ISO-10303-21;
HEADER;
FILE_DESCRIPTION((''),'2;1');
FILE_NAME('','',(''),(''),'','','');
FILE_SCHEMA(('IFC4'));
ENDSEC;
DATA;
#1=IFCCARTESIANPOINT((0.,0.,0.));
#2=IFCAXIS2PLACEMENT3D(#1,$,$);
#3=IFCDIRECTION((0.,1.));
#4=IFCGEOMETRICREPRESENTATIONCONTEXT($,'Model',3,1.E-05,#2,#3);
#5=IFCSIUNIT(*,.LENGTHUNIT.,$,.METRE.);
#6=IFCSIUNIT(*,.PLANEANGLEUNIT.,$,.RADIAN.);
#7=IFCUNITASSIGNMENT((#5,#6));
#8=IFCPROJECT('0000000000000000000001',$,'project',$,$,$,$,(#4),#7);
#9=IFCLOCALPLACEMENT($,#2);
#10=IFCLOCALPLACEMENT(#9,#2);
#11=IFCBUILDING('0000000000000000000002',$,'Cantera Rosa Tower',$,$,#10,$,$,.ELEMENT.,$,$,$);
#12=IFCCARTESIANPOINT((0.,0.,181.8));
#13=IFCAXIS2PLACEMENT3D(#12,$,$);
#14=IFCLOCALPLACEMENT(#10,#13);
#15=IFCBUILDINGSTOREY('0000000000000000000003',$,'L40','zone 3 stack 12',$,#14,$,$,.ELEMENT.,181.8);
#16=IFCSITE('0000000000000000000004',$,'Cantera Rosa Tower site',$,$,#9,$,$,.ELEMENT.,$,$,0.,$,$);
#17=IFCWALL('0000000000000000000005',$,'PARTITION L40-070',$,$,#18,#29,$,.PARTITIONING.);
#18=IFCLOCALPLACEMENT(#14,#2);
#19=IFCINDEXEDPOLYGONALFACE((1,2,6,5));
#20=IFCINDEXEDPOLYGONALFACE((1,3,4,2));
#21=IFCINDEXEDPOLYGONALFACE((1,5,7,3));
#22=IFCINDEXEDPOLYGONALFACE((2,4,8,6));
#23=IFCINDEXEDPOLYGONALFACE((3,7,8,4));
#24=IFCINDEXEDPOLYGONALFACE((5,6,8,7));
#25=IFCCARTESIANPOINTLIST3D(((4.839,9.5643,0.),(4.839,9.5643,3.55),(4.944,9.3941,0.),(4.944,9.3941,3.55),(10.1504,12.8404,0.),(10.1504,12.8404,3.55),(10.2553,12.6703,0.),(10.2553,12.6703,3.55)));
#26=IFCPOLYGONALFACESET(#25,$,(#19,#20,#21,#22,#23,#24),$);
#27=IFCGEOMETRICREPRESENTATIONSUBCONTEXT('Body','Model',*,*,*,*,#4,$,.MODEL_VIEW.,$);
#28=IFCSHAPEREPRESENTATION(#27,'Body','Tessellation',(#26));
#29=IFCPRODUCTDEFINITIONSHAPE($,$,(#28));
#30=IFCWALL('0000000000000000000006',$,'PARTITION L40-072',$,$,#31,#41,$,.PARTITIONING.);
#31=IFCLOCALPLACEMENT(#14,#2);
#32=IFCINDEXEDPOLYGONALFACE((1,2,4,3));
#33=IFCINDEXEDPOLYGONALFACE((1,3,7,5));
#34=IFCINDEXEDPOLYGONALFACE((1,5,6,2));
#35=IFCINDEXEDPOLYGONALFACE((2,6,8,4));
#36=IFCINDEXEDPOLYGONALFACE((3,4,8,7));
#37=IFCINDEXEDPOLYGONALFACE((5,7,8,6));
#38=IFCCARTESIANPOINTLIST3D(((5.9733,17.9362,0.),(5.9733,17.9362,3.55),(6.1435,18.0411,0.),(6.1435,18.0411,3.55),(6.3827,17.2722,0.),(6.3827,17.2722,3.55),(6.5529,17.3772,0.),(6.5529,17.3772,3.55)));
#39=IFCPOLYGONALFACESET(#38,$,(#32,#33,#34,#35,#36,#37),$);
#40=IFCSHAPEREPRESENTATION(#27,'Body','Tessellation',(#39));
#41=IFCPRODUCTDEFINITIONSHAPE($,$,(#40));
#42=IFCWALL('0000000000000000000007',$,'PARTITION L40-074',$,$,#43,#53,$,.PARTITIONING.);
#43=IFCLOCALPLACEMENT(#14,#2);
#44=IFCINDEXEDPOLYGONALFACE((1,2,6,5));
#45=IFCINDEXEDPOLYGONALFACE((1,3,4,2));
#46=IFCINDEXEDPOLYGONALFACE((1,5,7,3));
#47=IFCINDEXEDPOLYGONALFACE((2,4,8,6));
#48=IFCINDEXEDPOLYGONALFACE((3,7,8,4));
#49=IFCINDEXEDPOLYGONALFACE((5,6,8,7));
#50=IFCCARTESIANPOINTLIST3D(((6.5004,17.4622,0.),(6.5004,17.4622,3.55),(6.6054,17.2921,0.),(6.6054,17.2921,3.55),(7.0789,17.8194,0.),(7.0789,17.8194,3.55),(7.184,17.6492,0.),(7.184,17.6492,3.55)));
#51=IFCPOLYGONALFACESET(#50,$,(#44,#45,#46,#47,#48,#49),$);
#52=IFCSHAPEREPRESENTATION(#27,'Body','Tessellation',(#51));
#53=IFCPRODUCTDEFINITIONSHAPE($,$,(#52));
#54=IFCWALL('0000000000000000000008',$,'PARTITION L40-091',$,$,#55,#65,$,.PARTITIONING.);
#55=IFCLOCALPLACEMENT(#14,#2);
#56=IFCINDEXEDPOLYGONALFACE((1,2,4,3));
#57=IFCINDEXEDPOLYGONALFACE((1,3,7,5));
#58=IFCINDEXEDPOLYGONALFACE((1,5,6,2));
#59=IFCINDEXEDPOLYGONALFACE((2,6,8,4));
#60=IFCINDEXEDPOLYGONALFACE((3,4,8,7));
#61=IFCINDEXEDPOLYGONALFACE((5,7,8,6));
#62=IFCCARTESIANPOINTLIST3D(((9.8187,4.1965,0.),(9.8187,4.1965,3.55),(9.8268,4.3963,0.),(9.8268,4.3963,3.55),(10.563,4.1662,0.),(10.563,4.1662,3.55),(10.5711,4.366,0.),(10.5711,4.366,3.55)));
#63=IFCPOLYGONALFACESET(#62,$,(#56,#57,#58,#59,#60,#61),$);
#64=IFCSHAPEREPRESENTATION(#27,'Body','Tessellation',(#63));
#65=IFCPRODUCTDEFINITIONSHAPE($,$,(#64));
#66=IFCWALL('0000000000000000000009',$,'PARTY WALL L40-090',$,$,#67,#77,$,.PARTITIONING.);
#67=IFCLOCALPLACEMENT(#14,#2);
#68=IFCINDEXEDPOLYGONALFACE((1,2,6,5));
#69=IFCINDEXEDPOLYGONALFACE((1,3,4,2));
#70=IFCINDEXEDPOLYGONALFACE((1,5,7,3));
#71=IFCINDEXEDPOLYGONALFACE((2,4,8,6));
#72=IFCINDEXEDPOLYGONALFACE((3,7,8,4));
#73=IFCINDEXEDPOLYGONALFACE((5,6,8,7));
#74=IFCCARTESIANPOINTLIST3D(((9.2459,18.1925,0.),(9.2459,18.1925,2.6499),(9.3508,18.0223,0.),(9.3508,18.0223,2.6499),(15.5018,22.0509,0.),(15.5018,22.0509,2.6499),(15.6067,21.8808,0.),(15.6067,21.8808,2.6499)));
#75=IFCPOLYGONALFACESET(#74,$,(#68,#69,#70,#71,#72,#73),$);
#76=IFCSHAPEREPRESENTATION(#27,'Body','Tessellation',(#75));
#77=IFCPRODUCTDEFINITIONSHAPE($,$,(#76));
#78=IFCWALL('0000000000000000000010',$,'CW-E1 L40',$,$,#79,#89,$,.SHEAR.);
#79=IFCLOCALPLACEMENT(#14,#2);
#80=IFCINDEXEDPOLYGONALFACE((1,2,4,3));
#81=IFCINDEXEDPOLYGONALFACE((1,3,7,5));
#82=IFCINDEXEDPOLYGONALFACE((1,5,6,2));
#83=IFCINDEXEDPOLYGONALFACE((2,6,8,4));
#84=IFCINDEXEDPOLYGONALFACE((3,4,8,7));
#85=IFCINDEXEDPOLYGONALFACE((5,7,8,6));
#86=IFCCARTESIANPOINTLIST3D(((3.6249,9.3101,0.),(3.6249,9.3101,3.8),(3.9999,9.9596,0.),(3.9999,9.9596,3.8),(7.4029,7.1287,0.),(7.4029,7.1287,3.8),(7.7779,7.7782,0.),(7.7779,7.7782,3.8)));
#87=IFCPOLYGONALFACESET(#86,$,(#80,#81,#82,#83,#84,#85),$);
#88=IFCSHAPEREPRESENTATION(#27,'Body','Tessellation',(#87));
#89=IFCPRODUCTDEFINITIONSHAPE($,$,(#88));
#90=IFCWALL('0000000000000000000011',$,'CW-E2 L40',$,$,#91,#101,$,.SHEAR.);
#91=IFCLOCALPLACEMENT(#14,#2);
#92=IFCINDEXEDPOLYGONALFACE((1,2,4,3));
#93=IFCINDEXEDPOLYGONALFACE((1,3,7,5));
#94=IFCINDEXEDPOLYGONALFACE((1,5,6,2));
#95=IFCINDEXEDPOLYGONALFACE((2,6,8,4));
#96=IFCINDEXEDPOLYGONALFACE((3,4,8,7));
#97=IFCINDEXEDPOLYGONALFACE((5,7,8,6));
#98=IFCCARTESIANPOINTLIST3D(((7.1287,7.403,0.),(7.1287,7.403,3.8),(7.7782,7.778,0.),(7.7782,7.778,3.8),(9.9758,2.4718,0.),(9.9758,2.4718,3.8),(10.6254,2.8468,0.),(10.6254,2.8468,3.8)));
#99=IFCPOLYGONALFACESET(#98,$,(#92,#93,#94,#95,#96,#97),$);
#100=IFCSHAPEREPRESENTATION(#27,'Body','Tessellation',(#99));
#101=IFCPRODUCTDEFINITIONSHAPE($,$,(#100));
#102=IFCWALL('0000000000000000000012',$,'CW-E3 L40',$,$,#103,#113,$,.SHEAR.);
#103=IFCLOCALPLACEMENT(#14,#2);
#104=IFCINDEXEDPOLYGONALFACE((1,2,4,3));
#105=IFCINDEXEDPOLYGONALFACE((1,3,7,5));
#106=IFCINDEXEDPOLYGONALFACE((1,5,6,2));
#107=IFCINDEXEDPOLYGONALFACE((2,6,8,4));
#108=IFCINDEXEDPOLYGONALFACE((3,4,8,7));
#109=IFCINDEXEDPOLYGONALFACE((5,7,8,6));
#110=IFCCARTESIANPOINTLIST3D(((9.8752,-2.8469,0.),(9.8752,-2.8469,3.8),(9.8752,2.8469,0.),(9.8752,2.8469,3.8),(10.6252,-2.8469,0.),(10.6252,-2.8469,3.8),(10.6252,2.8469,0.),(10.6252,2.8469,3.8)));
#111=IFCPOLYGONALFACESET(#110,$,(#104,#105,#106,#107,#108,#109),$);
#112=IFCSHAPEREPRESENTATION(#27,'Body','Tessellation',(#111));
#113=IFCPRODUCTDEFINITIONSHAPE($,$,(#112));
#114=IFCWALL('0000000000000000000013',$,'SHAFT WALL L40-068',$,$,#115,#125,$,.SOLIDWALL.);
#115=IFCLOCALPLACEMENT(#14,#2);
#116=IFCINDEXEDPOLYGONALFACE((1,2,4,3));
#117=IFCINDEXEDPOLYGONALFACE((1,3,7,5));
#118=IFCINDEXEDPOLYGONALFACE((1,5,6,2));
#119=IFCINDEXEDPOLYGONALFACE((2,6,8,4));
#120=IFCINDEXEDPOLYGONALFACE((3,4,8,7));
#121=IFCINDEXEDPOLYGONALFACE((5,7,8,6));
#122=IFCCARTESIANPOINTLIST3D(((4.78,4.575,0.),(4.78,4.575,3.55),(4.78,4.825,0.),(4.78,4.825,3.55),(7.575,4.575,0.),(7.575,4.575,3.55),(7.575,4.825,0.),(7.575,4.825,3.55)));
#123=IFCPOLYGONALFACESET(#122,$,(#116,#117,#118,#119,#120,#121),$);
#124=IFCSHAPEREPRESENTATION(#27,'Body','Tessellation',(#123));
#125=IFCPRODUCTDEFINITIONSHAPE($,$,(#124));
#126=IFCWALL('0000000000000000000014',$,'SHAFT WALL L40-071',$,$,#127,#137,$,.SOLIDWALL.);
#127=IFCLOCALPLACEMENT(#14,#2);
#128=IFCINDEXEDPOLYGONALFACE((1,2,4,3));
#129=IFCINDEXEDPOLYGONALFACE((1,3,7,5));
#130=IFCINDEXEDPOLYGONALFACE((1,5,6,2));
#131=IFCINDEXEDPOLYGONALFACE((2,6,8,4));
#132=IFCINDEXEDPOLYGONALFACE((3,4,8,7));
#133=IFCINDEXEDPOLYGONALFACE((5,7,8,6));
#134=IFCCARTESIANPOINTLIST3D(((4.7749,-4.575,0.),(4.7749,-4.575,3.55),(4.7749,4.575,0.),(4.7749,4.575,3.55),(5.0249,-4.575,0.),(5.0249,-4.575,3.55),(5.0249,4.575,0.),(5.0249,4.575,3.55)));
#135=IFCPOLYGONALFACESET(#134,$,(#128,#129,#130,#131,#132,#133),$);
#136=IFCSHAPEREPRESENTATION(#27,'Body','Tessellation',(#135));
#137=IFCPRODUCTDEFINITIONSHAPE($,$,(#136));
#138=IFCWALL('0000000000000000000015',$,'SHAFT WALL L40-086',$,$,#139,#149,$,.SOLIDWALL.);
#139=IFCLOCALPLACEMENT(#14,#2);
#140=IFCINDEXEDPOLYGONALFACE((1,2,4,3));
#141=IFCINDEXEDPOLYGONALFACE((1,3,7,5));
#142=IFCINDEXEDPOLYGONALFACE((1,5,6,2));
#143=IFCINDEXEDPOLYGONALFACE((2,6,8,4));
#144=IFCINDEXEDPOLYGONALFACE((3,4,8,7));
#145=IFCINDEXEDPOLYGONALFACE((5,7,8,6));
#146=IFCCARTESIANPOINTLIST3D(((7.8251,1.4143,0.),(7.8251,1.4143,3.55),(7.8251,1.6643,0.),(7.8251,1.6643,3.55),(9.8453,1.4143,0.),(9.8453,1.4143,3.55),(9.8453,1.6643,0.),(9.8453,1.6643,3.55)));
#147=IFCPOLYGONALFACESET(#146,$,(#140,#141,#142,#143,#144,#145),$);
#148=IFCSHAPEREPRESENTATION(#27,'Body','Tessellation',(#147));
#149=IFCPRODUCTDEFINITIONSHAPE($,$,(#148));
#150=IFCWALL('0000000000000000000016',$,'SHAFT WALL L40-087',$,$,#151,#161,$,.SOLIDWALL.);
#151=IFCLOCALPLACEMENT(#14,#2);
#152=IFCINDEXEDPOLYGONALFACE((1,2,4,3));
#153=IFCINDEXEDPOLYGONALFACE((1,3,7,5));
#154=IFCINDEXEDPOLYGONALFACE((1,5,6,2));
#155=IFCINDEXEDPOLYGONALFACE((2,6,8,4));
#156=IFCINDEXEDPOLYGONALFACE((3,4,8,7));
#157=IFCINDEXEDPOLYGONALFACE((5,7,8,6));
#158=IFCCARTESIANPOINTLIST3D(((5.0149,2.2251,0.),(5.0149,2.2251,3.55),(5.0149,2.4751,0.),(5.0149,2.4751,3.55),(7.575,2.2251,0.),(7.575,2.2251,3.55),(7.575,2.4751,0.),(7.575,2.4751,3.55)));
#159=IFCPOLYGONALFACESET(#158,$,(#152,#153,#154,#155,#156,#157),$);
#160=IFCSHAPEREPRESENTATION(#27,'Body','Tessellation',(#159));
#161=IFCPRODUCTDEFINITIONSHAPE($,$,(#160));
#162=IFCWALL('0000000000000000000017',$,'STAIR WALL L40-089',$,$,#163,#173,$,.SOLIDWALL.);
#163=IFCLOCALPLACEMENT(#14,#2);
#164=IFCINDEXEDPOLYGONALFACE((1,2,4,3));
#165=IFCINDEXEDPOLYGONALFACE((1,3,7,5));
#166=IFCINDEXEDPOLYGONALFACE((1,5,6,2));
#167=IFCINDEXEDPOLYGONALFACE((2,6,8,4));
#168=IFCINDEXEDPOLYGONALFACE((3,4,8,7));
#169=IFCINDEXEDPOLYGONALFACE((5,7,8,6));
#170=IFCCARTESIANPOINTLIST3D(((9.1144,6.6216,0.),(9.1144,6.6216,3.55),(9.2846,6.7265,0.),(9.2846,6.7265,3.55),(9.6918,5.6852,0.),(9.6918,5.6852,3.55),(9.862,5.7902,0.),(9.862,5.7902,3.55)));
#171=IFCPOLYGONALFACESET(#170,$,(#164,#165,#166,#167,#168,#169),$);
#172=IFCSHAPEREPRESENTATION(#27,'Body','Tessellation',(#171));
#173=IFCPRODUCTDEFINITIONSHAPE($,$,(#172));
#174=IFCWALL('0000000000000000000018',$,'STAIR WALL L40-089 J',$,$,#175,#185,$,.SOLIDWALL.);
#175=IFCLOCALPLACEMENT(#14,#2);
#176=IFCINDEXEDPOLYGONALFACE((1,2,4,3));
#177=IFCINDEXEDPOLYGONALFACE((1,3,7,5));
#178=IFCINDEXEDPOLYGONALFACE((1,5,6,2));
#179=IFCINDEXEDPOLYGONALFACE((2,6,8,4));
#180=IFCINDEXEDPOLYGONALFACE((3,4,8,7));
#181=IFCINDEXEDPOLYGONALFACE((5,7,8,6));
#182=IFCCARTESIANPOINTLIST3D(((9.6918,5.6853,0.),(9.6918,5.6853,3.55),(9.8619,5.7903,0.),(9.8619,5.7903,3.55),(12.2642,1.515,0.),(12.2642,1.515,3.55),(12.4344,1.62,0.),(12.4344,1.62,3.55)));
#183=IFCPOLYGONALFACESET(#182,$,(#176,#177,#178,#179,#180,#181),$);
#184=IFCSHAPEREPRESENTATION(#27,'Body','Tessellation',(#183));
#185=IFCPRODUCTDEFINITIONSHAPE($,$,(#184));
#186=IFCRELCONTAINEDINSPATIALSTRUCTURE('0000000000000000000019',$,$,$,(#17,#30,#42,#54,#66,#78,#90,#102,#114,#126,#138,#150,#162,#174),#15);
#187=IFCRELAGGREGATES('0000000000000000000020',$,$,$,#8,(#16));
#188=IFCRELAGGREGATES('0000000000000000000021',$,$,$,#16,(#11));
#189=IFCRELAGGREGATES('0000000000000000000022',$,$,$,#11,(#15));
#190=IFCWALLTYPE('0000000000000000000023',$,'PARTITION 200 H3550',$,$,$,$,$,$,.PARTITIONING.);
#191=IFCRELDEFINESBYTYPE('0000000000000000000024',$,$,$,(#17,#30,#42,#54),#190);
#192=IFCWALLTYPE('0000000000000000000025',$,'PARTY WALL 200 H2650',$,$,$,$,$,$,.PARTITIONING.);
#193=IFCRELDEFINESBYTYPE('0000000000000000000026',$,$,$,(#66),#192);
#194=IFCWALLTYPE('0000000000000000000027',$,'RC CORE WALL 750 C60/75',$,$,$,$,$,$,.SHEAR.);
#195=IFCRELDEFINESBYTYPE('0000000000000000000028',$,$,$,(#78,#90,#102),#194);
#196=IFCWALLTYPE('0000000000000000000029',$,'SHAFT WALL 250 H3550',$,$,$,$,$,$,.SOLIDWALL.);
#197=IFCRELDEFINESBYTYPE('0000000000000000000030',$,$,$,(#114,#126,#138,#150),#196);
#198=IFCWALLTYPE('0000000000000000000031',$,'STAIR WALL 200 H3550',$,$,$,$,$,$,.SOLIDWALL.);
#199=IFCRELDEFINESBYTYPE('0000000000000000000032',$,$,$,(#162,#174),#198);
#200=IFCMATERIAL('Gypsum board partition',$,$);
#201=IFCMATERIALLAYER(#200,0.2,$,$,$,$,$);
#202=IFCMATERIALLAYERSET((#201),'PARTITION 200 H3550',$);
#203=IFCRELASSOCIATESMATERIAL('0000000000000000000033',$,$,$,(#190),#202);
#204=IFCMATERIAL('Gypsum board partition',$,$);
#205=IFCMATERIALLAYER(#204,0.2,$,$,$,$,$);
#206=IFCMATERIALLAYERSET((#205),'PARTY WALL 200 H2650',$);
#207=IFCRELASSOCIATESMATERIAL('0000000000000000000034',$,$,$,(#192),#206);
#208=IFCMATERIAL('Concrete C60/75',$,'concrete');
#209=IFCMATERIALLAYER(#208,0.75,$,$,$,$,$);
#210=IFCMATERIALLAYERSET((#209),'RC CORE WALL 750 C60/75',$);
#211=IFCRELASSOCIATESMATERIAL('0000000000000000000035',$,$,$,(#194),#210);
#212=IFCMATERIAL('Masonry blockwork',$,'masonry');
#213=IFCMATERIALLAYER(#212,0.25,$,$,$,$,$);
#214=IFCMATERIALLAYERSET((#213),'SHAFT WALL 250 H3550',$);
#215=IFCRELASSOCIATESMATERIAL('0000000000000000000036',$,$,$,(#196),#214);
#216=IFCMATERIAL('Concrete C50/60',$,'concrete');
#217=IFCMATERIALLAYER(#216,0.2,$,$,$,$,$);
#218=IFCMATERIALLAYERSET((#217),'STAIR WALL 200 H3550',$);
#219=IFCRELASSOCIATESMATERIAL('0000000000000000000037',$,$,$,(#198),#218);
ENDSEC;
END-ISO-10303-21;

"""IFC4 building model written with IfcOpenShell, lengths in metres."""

from ifc_helpers import new_model, si_unit, direction, frame, frame_2d, origin, place, context, subcontext, project, spatial, rectangle, extrude, material, layer, layer_set, type_object, element, save


model = new_model("IFC4")

# Units and contexts
model_context = context("Model", 3, precision=1e-05, world=origin(), true_north=direction((0.0, 1.0)))
body_context = subcontext(model_context, "Body", "Model", "MODEL_VIEW")
ifc_project = project(units=[si_unit("LENGTHUNIT", "METRE"), si_unit("PLANEANGLEUNIT", "RADIAN")], contexts=[model_context])

# Site, building, storey
site_placement = place(None, origin())
site = spatial("IfcSite", under=ifc_project, at=site_placement, Name="Cantera Rosa Tower site", CompositionType="ELEMENT", RefElevation=0.0)
building_placement = place(site_placement, origin())
building = spatial("IfcBuilding", under=site, at=building_placement, Name="Cantera Rosa Tower", CompositionType="ELEMENT")
storey_placement = place(building_placement, frame((0.0, 0.0, 181.8)))
storey = spatial("IfcBuildingStorey", under=building, at=storey_placement, Name="L40", Description="zone 3 stack 12", CompositionType="ELEMENT", Elevation=181.8)

# Shared definitions
ifc_material_1 = material(Name="Gypsum board partition")
ifc_layer_1 = layer(ifc_material_1, 0.2)
ifc_layer_set_1 = layer_set([ifc_layer_1], Name="PARTITION 200 H3550")
wall_type_1 = type_object("IfcWallType", Name="PARTITION 200 H3550", PredefinedType="PARTITIONING", material=ifc_layer_set_1)

# Walls
wall_1_placement = place(storey_placement, frame((4.8916, 9.4792, 0.0), z_axis=(0.0, 0.0, 1.0), x_axis=(0.851111, 0.524986, 0.0)))
element("IfcWall", 1, at=wall_1_placement, inside=storey, type_object=wall_type_1, Name="PARTITION L40-070", PredefinedType="PARTITIONING", context=body_context, shape_type="SweptSolid", body=[
    extrude(rectangle(XDim=6.2405, YDim=0.2, at=frame_2d((3.1201, 0.0))), origin(), (0.0, 0.0, 1.0), 3.55),
])
wall_2_placement = place(storey_placement, frame((6.0583, 17.9888, 0.0), z_axis=(0.0, 0.0, 1.0), x_axis=(0.524813, -0.851217, 0.0)))
element("IfcWall", 2, at=wall_2_placement, inside=storey, type_object=wall_type_1, Name="PARTITION L40-072", PredefinedType="PARTITIONING", context=body_context, shape_type="SweptSolid", body=[
    extrude(rectangle(XDim=0.78, YDim=0.2, at=frame_2d((0.3901, 0.0))), origin(), (0.0, 0.0, 1.0), 3.55),
])
wall_3_placement = place(storey_placement, frame((6.553, 17.3772, 0.0), z_axis=(0.0, 0.0, 1.0), x_axis=(0.85093, 0.525279, 0.0)))
element("IfcWall", 3, at=wall_3_placement, inside=storey, type_object=wall_type_1, Name="PARTITION L40-074", PredefinedType="PARTITIONING", context=body_context, shape_type="SweptSolid", body=[
    extrude(rectangle(XDim=0.6799, YDim=0.2, at=frame_2d((0.3398, 0.0))), origin(), (0.0, 0.0, 1.0), 3.55),
])
wall_4_placement = place(storey_placement, frame((10.5671, 4.2661, 0.0), z_axis=(0.0, 0.0, 1.0), x_axis=(-0.999173, 0.040649, 0.0)))
element("IfcWall", 4, at=wall_4_placement, inside=storey, type_object=wall_type_1, Name="PARTITION L40-091", PredefinedType="PARTITIONING", context=body_context, shape_type="SweptSolid", body=[
    extrude(rectangle(XDim=0.7449, YDim=0.2, at=frame_2d((0.3726, 0.0))), origin(), (0.0, 0.0, 1.0), 3.55),
])
ifc_material_2 = material(Name="Gypsum board partition")
ifc_layer_2 = layer(ifc_material_2, 0.2)
ifc_layer_set_2 = layer_set([ifc_layer_2], Name="PARTY WALL 200 H2650")
wall_type_2 = type_object("IfcWallType", Name="PARTY WALL 200 H2650", PredefinedType="PARTITIONING", material=ifc_layer_set_2)
wall_5_placement = place(storey_placement, frame((9.2983, 18.1074, 0.0), z_axis=(0.0, 0.0, 1.0), x_axis=(0.851133, 0.52495, 0.0)))
element("IfcWall", 5, at=wall_5_placement, inside=storey, type_object=wall_type_2, Name="PARTY WALL L40-090", PredefinedType="PARTITIONING", context=body_context, shape_type="SweptSolid", body=[
    extrude(rectangle(XDim=7.3501, YDim=0.2, at=frame_2d((3.675, 0.0))), origin(), (0.0, 0.0, 1.0), 2.6499),
])
ifc_material_3 = material(Name="Concrete C60/75", Category="concrete")
ifc_layer_3 = layer(ifc_material_3, 0.75)
ifc_layer_set_3 = layer_set([ifc_layer_3], Name="RC CORE WALL 750 C60/75")
wall_type_3 = type_object("IfcWallType", Name="RC CORE WALL 750 C60/75", PredefinedType="SHEAR", material=ifc_layer_set_3)
wall_6_placement = place(storey_placement, frame((3.8125, 9.6348, 0.0), z_axis=(0.0, 0.0, 1.0), x_axis=(0.866013, -0.500021, 0.0)))
element("IfcWall", 6, at=wall_6_placement, inside=storey, type_object=wall_type_3, Name="CW-E1 L40", PredefinedType="SHEAR", context=body_context, shape_type="SweptSolid", body=[
    extrude(rectangle(XDim=4.3625, YDim=0.75, at=frame_2d((2.1812, 0.0))), origin(), (0.0, 0.0, 1.0), 3.8),
])
wall_7_placement = place(storey_placement, frame((7.4534, 7.5906, 0.0), z_axis=(0.0, 0.0, 1.0), x_axis=(0.500022, -0.866013, 0.0)))
element("IfcWall", 7, at=wall_7_placement, inside=storey, type_object=wall_type_3, Name="CW-E2 L40", PredefinedType="SHEAR", context=body_context, shape_type="SweptSolid", body=[
    extrude(rectangle(XDim=5.6941, YDim=0.75, at=frame_2d((2.8472, 0.0))), origin(), (0.0, 0.0, 1.0), 3.8),
])
wall_8_placement = place(storey_placement, frame((10.2502, 2.8469, 0.0), z_axis=(0.0, 0.0, 1.0), x_axis=(0.0, -1.0, 0.0)))
element("IfcWall", 8, at=wall_8_placement, inside=storey, type_object=wall_type_3, Name="CW-E3 L40", PredefinedType="SHEAR", context=body_context, shape_type="SweptSolid", body=[
    extrude(rectangle(XDim=5.6938, YDim=0.75, at=frame_2d((2.8469, 0.0))), origin(), (0.0, 0.0, 1.0), 3.8),
])
ifc_material_4 = material(Name="Masonry blockwork", Category="masonry")
ifc_layer_4 = layer(ifc_material_4, 0.25)
ifc_layer_set_4 = layer_set([ifc_layer_4], Name="SHAFT WALL 250 H3550")
wall_type_4 = type_object("IfcWallType", Name="SHAFT WALL 250 H3550", PredefinedType="SOLIDWALL", material=ifc_layer_set_4)
wall_9_placement = place(storey_placement, frame((4.78, 4.7, 0.0), z_axis=(0.0, 0.0, 1.0), x_axis=(1.0, 0.0, 0.0)))
element("IfcWall", 9, at=wall_9_placement, inside=storey, type_object=wall_type_4, Name="SHAFT WALL L40-068", PredefinedType="SOLIDWALL", context=body_context, shape_type="SweptSolid", body=[
    extrude(rectangle(XDim=2.7949, YDim=0.25, at=frame_2d((1.3975, 0.0))), origin(), (0.0, 0.0, 1.0), 3.55),
])
wall_10_placement = place(storey_placement, frame((4.8999, 4.575, 0.0), z_axis=(0.0, 0.0, 1.0), x_axis=(0.0, -1.0, 0.0)))
element("IfcWall", 10, at=wall_10_placement, inside=storey, type_object=wall_type_4, Name="SHAFT WALL L40-071", PredefinedType="SOLIDWALL", context=body_context, shape_type="SweptSolid", body=[
    extrude(rectangle(XDim=9.1499, YDim=0.25, at=frame_2d((4.575, 0.0))), origin(), (0.0, 0.0, 1.0), 3.55),
])
wall_11_placement = place(storey_placement, frame((7.825, 1.5393, 0.0), z_axis=(0.0, 0.0, 1.0), x_axis=(1.0, 0.0, 0.0)))
element("IfcWall", 11, at=wall_11_placement, inside=storey, type_object=wall_type_4, Name="SHAFT WALL L40-086", PredefinedType="SOLIDWALL", context=body_context, shape_type="SweptSolid", body=[
    extrude(rectangle(XDim=2.0203, YDim=0.25, at=frame_2d((1.0103, 0.0))), origin(), (0.0, 0.0, 1.0), 3.55),
])
wall_12_placement = place(storey_placement, frame((7.575, 2.3501, 0.0), z_axis=(0.0, 0.0, 1.0), x_axis=(-1.0, 0.0, 0.0)))
element("IfcWall", 12, at=wall_12_placement, inside=storey, type_object=wall_type_4, Name="SHAFT WALL L40-087", PredefinedType="SOLIDWALL", context=body_context, shape_type="SweptSolid", body=[
    extrude(rectangle(XDim=2.5601, YDim=0.25, at=frame_2d((1.28, 0.0))), origin(), (0.0, 0.0, 1.0), 3.55),
])
ifc_material_5 = material(Name="Concrete C50/60", Category="concrete")
ifc_layer_5 = layer(ifc_material_5, 0.2)
ifc_layer_set_5 = layer_set([ifc_layer_5], Name="STAIR WALL 200 H3550")
wall_type_5 = type_object("IfcWallType", Name="STAIR WALL 200 H3550", PredefinedType="SOLIDWALL", material=ifc_layer_set_5)
wall_13_placement = place(storey_placement, frame((9.1995, 6.6741, 0.0), z_axis=(0.0, 0.0, 1.0), x_axis=(0.524902, -0.851163, 0.0)))
element("IfcWall", 13, at=wall_13_placement, inside=storey, type_object=wall_type_5, Name="STAIR WALL L40-089", PredefinedType="SOLIDWALL", context=body_context, shape_type="SweptSolid", body=[
    extrude(rectangle(XDim=1.1001, YDim=0.2, at=frame_2d((0.55, 0.0))), origin(), (0.0, 0.0, 1.0), 3.55),
])
wall_14_placement = place(storey_placement, frame((9.7769, 5.7378, 0.0), z_axis=(0.0, 0.0, 1.0), x_axis=(0.525001, -0.851102, 0.0)))
element("IfcWall", 14, at=wall_14_placement, inside=storey, type_object=wall_type_5, Name="STAIR WALL L40-089 J", PredefinedType="SOLIDWALL", context=body_context, shape_type="SweptSolid", body=[
    extrude(rectangle(XDim=4.8999, YDim=0.2, at=frame_2d((2.45, 0.0))), origin(), (0.0, 0.0, 1.0), 3.55),
])

save(model, "model.ifc")
